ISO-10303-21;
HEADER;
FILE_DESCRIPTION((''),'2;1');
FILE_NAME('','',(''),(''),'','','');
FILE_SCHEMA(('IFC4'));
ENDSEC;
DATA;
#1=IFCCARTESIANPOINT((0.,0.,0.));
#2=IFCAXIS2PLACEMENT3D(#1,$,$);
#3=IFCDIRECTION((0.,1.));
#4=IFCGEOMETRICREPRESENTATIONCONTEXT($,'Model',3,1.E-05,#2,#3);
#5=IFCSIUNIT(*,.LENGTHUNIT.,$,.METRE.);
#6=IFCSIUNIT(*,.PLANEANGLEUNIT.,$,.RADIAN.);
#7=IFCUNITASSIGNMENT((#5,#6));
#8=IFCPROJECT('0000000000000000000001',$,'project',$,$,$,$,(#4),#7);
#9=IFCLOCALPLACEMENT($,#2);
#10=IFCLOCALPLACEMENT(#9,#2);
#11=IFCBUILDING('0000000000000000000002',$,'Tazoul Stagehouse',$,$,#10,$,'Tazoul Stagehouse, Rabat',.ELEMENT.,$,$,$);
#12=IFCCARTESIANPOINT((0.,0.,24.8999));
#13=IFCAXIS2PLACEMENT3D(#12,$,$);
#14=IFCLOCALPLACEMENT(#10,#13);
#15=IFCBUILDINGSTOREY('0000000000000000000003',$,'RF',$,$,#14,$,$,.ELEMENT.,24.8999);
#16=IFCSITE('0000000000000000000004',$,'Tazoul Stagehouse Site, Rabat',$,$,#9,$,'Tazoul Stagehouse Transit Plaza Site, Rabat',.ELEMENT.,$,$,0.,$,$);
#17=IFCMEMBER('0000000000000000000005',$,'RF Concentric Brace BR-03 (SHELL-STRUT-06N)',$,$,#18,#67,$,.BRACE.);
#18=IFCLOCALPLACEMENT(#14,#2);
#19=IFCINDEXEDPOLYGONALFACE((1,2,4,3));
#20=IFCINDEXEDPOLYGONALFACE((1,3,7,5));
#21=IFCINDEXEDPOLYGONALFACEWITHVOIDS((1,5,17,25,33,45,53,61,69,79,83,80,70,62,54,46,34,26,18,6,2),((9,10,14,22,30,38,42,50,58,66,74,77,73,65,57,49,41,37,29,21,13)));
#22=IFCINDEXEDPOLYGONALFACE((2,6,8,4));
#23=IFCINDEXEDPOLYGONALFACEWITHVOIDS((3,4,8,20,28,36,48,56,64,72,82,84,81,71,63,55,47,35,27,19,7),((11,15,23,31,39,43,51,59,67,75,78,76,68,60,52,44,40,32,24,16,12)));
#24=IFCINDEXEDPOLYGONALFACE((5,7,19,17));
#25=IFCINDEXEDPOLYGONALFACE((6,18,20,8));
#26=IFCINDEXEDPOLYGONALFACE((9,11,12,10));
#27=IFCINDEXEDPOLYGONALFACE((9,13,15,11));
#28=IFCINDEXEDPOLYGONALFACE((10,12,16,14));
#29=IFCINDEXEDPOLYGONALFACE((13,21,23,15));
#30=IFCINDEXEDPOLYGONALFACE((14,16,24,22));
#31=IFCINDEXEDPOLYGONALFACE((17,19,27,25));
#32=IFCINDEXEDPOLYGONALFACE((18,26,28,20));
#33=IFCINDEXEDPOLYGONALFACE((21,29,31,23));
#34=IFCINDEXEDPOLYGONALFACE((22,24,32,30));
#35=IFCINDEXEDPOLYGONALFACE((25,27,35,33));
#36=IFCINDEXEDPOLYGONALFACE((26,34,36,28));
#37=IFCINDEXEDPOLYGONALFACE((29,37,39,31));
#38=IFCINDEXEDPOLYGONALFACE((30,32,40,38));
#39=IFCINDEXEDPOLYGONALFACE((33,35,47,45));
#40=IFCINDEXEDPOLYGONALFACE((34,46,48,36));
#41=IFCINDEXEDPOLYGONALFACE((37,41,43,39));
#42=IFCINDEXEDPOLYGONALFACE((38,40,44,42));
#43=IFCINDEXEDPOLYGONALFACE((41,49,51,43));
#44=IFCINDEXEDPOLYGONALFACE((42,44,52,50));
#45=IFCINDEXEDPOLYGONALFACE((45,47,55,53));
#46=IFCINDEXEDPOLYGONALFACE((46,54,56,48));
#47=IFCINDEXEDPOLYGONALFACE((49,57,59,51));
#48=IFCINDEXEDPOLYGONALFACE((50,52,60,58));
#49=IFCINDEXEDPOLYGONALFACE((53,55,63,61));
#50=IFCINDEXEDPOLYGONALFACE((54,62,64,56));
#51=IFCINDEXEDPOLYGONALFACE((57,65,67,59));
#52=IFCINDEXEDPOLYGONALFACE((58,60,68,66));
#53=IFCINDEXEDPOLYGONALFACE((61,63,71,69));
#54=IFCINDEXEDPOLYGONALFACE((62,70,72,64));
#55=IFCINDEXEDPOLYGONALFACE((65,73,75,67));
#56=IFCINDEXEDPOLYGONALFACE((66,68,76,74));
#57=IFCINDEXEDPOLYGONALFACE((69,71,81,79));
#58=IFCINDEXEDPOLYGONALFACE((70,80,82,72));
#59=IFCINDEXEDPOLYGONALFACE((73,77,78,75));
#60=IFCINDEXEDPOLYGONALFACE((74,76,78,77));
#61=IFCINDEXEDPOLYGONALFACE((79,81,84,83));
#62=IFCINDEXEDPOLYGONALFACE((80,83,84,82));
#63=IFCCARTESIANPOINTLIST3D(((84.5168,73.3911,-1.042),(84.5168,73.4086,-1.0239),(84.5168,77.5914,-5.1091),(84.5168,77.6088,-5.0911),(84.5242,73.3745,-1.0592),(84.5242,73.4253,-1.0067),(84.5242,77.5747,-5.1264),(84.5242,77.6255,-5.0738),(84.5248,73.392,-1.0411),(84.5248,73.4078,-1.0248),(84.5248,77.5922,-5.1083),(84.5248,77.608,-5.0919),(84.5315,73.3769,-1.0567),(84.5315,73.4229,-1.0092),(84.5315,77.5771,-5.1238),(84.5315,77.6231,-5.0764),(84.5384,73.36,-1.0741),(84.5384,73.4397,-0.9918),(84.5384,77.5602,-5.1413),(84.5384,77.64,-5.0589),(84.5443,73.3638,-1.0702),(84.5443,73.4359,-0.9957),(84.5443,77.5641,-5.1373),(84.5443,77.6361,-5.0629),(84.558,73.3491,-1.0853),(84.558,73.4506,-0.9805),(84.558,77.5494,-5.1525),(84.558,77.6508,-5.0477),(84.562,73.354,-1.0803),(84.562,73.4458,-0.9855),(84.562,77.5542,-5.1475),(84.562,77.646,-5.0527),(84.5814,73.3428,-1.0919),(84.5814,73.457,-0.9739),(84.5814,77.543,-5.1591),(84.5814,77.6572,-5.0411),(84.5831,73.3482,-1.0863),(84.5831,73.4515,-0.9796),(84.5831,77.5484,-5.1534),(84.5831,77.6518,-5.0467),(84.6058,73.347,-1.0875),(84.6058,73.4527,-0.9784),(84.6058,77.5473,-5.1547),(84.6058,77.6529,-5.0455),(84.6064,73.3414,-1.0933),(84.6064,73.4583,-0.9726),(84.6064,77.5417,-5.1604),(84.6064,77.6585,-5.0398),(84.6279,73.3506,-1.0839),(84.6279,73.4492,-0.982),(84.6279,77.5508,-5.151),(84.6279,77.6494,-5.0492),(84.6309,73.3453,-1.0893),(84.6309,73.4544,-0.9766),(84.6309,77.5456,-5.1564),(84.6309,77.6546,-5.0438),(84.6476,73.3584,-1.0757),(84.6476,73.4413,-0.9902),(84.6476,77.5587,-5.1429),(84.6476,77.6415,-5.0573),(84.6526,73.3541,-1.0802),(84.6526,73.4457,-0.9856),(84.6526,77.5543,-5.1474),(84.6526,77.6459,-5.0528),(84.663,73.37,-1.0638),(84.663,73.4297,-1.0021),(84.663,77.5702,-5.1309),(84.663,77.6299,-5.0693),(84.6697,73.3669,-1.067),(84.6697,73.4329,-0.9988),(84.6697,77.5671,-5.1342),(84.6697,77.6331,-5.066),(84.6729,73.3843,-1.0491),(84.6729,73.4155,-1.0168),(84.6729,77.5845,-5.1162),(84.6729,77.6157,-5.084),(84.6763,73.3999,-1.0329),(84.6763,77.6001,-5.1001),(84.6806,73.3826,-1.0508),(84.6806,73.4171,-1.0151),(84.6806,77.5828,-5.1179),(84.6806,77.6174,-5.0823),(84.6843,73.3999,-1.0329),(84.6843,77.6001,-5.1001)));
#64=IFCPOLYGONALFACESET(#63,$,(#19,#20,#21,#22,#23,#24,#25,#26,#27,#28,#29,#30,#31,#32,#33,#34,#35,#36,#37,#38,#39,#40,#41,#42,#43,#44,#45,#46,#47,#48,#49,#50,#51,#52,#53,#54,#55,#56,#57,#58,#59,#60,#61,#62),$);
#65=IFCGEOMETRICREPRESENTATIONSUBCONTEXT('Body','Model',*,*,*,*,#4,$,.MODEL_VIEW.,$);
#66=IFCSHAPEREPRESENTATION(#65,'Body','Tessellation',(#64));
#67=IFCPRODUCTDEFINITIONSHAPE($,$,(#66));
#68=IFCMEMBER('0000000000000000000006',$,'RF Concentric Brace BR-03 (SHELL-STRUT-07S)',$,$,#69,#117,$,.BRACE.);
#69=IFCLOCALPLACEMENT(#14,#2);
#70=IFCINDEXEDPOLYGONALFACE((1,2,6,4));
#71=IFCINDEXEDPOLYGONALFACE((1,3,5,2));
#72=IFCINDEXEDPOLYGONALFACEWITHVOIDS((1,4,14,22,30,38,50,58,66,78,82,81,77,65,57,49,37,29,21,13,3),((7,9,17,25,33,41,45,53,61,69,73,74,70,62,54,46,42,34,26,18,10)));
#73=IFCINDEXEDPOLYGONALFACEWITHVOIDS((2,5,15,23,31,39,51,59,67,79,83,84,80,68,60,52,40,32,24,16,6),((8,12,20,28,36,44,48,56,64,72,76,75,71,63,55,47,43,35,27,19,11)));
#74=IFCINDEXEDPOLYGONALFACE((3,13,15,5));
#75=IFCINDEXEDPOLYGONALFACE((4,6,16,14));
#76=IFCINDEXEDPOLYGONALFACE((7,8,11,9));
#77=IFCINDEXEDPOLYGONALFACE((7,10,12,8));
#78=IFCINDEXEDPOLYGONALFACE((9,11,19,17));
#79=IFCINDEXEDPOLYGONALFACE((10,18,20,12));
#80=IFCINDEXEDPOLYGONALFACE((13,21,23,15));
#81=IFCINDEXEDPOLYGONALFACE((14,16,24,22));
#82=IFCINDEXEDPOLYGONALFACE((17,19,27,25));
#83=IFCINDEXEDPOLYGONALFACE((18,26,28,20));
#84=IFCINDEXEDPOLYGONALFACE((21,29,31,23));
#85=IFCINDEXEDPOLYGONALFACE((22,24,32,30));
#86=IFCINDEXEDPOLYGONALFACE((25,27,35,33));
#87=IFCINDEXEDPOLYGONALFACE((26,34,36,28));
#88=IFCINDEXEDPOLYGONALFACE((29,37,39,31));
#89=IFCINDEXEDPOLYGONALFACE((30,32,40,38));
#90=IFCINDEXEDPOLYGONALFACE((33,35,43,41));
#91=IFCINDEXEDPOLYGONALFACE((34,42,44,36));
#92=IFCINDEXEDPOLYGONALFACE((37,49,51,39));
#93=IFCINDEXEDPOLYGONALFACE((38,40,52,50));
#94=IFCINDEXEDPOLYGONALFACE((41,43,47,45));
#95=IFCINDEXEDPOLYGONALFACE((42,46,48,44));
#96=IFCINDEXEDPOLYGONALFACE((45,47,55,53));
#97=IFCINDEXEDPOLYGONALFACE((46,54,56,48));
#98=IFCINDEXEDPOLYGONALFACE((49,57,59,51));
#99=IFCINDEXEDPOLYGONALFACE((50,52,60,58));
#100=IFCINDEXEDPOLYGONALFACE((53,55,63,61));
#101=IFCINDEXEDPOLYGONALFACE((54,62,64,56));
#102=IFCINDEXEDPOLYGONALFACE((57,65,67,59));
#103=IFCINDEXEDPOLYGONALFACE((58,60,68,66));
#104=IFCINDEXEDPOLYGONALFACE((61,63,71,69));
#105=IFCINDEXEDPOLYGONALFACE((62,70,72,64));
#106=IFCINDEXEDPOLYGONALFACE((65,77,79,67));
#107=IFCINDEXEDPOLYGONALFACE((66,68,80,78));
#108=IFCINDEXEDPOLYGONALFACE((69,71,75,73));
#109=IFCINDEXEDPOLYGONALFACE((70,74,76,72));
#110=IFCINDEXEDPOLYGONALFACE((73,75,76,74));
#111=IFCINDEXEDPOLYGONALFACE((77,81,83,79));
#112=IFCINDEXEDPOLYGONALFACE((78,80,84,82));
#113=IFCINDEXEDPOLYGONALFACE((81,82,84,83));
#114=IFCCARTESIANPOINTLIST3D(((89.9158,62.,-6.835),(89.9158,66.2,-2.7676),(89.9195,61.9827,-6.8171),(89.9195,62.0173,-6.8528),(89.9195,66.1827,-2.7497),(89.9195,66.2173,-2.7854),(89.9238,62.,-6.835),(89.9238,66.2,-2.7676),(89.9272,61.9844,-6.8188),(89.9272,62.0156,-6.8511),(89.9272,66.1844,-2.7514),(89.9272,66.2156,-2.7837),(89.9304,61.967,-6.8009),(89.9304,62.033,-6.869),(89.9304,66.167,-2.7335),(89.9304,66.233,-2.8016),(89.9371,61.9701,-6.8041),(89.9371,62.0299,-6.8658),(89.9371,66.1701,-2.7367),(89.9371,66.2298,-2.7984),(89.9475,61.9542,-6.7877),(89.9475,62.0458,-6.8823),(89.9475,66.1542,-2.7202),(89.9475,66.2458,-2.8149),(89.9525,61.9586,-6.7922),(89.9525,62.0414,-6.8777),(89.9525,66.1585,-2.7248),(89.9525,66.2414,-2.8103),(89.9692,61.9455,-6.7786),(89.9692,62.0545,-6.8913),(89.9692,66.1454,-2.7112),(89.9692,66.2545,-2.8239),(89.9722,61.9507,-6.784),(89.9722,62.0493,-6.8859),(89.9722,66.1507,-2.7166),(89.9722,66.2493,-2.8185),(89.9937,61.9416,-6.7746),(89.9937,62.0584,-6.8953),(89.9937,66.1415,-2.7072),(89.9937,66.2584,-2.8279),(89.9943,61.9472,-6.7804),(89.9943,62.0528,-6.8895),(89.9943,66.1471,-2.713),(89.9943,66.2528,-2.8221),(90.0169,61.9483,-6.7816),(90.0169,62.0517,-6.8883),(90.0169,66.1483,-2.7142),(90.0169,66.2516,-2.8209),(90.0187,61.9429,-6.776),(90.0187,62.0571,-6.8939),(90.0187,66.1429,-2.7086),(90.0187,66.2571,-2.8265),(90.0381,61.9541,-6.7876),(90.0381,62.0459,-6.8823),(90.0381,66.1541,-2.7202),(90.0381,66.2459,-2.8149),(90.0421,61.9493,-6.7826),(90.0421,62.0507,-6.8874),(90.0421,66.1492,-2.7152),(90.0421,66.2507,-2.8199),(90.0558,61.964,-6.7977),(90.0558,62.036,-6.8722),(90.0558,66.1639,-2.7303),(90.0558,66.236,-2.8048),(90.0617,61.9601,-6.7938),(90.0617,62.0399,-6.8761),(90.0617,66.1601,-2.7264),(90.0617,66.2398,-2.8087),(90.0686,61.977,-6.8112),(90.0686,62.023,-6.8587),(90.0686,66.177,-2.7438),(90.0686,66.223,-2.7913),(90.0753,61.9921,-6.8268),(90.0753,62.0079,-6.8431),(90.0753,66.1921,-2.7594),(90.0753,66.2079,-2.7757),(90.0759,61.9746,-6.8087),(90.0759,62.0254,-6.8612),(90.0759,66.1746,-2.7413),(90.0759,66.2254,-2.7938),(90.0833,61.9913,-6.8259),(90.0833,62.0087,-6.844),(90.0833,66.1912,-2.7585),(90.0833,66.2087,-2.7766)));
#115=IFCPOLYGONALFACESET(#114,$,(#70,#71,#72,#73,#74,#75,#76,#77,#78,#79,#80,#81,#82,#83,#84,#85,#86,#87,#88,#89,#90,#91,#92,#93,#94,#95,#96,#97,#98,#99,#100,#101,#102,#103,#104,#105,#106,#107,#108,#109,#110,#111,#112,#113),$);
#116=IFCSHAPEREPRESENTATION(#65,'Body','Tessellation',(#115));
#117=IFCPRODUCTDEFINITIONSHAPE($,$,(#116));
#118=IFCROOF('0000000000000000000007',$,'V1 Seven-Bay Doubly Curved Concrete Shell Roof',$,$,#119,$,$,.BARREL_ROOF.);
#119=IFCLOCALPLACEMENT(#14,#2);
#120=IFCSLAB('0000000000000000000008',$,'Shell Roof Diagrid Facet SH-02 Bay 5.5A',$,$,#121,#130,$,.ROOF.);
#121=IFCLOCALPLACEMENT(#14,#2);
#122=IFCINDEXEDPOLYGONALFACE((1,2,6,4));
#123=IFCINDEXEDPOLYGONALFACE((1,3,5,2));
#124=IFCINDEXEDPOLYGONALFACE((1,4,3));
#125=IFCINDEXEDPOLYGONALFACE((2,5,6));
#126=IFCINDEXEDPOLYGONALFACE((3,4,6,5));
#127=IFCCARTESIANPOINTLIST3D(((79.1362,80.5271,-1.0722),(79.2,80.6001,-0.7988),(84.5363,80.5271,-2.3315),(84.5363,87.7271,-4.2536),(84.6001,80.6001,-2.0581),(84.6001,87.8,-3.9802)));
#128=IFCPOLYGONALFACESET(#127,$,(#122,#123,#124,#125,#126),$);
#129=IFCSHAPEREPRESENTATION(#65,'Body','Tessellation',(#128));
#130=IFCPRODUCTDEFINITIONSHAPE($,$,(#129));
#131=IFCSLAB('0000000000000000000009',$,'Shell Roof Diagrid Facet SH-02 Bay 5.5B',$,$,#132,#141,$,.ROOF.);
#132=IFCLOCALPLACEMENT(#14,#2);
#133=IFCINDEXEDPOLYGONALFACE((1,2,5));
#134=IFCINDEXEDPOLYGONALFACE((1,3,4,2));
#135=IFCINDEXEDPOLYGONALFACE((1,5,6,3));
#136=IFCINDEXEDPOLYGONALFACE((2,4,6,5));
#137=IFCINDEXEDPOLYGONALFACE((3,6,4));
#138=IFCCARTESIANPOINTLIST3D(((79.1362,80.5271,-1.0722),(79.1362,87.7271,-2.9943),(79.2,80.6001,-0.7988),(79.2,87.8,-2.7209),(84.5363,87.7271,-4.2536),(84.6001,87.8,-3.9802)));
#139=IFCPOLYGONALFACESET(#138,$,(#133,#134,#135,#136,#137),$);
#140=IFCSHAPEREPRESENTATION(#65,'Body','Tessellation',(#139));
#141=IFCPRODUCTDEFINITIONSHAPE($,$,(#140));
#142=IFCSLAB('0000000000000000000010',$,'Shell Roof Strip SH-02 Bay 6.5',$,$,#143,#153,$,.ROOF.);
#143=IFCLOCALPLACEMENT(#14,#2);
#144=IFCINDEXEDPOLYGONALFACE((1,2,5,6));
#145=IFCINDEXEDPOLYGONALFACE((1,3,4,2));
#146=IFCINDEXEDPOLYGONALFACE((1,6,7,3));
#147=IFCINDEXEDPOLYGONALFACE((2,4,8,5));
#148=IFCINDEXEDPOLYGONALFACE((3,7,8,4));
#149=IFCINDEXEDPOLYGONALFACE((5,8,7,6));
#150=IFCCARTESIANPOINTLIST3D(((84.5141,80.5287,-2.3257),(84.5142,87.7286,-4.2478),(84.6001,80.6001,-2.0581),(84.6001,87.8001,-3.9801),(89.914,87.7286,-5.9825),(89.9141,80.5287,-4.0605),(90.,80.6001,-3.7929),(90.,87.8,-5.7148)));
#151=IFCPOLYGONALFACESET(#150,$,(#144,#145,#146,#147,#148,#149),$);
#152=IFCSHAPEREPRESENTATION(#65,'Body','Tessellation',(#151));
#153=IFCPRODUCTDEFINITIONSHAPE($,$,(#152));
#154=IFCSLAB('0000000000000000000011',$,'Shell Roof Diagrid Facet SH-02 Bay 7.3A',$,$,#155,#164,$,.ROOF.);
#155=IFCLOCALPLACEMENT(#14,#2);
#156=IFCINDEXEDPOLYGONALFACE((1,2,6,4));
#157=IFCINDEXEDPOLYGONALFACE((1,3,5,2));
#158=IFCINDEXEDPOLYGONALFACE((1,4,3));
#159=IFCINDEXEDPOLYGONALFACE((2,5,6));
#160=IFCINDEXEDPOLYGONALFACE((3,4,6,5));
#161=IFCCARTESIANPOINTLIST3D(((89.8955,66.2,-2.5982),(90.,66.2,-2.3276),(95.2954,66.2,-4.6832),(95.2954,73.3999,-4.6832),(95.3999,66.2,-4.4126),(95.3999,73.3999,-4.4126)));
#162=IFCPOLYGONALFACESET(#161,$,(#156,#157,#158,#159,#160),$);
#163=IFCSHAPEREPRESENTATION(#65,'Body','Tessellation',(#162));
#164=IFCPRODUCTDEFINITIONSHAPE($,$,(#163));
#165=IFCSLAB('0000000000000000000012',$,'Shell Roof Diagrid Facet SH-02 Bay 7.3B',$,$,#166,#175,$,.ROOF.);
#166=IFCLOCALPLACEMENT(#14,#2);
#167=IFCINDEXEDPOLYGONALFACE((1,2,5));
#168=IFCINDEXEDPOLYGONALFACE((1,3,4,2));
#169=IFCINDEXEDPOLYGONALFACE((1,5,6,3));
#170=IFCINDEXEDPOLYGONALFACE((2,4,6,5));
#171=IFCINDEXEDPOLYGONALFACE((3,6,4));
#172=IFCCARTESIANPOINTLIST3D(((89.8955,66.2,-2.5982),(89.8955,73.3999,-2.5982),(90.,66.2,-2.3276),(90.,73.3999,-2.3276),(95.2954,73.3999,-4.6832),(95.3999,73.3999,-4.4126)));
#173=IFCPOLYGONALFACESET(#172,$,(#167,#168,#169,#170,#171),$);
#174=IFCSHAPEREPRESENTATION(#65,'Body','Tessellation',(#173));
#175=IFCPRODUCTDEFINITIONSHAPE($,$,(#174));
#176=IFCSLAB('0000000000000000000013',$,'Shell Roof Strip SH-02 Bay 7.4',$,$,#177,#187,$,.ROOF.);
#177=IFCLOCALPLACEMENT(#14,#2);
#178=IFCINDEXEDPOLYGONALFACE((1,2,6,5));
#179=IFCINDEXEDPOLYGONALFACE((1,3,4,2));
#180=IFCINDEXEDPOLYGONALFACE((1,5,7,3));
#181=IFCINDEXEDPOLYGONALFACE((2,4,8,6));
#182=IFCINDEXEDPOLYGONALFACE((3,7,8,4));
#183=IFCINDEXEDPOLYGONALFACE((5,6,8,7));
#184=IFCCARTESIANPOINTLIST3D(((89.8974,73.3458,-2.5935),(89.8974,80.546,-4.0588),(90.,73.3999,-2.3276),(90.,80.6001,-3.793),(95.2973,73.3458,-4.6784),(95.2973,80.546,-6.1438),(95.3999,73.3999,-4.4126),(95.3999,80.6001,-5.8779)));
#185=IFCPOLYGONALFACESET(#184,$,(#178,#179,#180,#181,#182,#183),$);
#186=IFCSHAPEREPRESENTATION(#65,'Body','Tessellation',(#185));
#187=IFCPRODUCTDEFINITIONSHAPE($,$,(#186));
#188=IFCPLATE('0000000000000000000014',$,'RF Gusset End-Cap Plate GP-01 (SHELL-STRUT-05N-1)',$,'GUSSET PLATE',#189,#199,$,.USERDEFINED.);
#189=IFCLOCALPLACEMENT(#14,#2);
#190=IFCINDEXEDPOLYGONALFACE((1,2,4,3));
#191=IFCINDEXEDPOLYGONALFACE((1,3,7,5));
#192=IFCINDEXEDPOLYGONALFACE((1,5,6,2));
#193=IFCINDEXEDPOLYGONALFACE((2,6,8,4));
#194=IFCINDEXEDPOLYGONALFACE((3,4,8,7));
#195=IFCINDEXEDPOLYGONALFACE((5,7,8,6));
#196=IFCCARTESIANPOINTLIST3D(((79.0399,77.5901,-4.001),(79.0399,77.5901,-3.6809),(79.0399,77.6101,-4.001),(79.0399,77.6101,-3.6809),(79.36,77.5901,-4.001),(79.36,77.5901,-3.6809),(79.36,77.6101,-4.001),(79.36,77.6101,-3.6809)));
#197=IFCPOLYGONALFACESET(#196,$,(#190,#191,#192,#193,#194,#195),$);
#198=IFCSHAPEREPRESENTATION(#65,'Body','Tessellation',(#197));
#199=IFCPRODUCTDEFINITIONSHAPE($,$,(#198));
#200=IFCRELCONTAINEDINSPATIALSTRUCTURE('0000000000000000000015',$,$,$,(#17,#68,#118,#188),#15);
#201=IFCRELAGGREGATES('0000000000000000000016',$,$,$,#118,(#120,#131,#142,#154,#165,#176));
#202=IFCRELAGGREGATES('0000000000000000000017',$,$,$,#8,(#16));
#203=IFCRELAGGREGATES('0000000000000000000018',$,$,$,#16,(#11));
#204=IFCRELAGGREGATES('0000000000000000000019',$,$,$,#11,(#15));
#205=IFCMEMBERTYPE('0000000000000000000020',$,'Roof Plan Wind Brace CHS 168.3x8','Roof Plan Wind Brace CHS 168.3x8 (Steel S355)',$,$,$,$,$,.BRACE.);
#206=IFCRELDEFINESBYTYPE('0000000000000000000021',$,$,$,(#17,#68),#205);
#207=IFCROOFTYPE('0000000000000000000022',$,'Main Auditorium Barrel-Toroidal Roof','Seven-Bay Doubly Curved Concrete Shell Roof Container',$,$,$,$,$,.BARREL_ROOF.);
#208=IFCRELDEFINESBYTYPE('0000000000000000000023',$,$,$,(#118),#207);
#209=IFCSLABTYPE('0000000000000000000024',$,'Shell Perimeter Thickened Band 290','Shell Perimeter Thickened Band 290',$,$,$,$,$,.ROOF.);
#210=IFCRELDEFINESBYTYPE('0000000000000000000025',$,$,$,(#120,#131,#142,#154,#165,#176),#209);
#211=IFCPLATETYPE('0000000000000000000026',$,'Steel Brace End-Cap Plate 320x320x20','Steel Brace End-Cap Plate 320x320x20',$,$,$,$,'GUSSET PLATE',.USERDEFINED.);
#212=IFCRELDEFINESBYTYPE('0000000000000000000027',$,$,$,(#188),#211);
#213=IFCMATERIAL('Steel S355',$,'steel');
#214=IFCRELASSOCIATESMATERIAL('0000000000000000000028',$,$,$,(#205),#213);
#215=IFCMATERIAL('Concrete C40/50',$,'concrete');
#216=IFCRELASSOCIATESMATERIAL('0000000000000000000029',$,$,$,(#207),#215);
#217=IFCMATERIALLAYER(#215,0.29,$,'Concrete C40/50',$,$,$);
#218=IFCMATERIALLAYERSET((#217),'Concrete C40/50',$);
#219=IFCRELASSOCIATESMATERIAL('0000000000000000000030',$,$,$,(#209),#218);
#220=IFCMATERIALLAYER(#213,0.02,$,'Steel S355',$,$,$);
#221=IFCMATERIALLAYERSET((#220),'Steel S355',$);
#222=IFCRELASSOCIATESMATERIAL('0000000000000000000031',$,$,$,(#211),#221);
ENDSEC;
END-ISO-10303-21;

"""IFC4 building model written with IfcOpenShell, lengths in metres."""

from ifc_helpers import new_model, si_unit, direction, frame, origin, origin_2d, place, context, subcontext, project, spatial, polyline, rectangle, hollow_circle, outline, extrude, material, layer, layer_set, material_profile, profile_set, type_object, element, aggregate, save


model = new_model("IFC4")

# Units and contexts
model_context = context("Model", 3, precision=1e-05, world=origin(), true_north=direction((0.0, 1.0)))
body_context = subcontext(model_context, "Body", "Model", "MODEL_VIEW")
ifc_project = project(units=[si_unit("LENGTHUNIT", "METRE"), si_unit("PLANEANGLEUNIT", "RADIAN")], contexts=[model_context])

# Site, building, storey
site_placement = place(None, origin())
site = spatial("IfcSite", under=ifc_project, at=site_placement, Name="Tazoul Stagehouse Site, Rabat", LongName="Tazoul Stagehouse Transit Plaza Site, Rabat", CompositionType="ELEMENT", RefElevation=0.0)
building_placement = place(site_placement, origin())
building = spatial("IfcBuilding", under=site, at=building_placement, Name="Tazoul Stagehouse", LongName="Tazoul Stagehouse, Rabat", CompositionType="ELEMENT")
storey_placement = place(building_placement, frame((0.0, 0.0, 24.8999)))
storey = spatial("IfcBuildingStorey", under=building, at=storey_placement, Name="RF", CompositionType="ELEMENT", Elevation=24.8999)

# Shared definitions
ifc_material_1 = material(Name="Concrete C40/50", Category="concrete")

# Members
ifc_material_2 = material(Name="Steel S355", Category="steel")
ifc_material_profile_1 = material_profile(ifc_material_2, hollow_circle(Radius=0.0842, WallThickness=0.0081, at=origin_2d()), Name="CHS 168.3x8")
ifc_profile_set_1 = profile_set([ifc_material_profile_1], Name="Steel S355")
member_type = type_object("IfcMemberType", Name="Roof Plan Wind Brace CHS 168.3x8", Description="Roof Plan Wind Brace CHS 168.3x8 (Steel S355)", PredefinedType="BRACE", material=ifc_profile_set_1)
for number, where, z_axis, x_axis, name in (
    (1, (84.6001, 77.6001, -5.1001), (0.0, -0.718394, 0.695636), (1.0, 0.0, 0.0), "RF Concentric Brace BR-03 (SHELL-STRUT-06N)"),
    (2, (90.0, 62.0, -6.835), (0.0, 0.718353, 0.695679), (-1.0, 0.0, 0.0), "RF Concentric Brace BR-03 (SHELL-STRUT-07S)"),
):
    element("IfcMember", number, at=place(storey_placement, frame(where, z_axis=z_axis, x_axis=x_axis)), inside=storey, type_object=member_type, Name=name, PredefinedType="BRACE", context=body_context, shape_type="SweptSolid", body=[
        extrude(hollow_circle(Radius=0.0842, WallThickness=0.0081, at=origin_2d()), origin(), (0.0, 0.0, 1.0), 5.8467),
    ])

# Roof, slabs
roof_type = type_object("IfcRoofType", Name="Main Auditorium Barrel-Toroidal Roof", Description="Seven-Bay Doubly Curved Concrete Shell Roof Container", PredefinedType="BARREL_ROOF", material=ifc_material_1)
roof_placement = place(storey_placement, origin())
roof = element("IfcRoof", 3, at=roof_placement, inside=storey, type_object=roof_type, Name="V1 Seven-Bay Doubly Curved Concrete Shell Roof", PredefinedType="BARREL_ROOF")
ifc_layer_1 = layer(ifc_material_1, 0.29, Name="Concrete C40/50")
ifc_layer_set_1 = layer_set([ifc_layer_1], Name="Concrete C40/50")
slab_type_1 = type_object("IfcSlabType", Name="Shell Perimeter Thickened Band 290", Description="Shell Perimeter Thickened Band 290", PredefinedType="ROOF", material=ifc_layer_set_1)
slab_1_placement = place(storey_placement, frame((79.2, 80.6001, -0.7988), z_axis=(0.219793, 0.251622, 0.942538), x_axis=(0.973871, 0.0, -0.2271)))
slab_1 = element("IfcSlab", 4, at=slab_1_placement, type_object=slab_type_1, Name="Shell Roof Diagrid Facet SH-02 Bay 5.5A", PredefinedType="ROOF", context=body_context, shape_type="SweptSolid", body=[
    extrude(outline(polyline([(0.0, 0.0), (5.545, 0.0), (5.9815, 7.4393), (0.0, 0.0)])), origin(), (0.0, 0.0, -1.0), 0.29),
])
slab_2_placement = place(storey_placement, frame((79.2, 80.6001, -0.7988), z_axis=(0.219793, 0.251622, 0.942538), x_axis=(0.56571, 0.754254, -0.333277)))
slab_2 = element("IfcSlab", 5, at=slab_2_placement, type_object=slab_type_1, Name="Shell Roof Diagrid Facet SH-02 Bay 5.5B", PredefinedType="ROOF", context=body_context, shape_type="SweptSolid", body=[
    extrude(outline(polyline([(0.0, 0.0), (9.5458, 0.0), (6.0712, 4.3214), (0.0, 0.0)])), origin(), (0.0, 0.0, -1.0), 0.29),
])
slab_3_placement = place(storey_placement, frame((84.6001, 80.6001, -2.0581), z_axis=(0.296435, 0.246322, 0.922742), x_axis=(0.952077, 0.000005, -0.30586)))
slab_3 = element("IfcSlab", 6, at=slab_3_placement, type_object=slab_type_1, Name="Shell Roof Strip SH-02 Bay 6.5", PredefinedType="ROOF", context=body_context, shape_type="SweptSolid", body=[
    extrude(outline(polyline([(0.0, 0.0), (5.6717, 0.0), (6.2596, 7.4288), (0.5879, 7.4289), (0.0, 0.0)])), origin(), (0.0, 0.0, -1.0), 0.29),
])
slab_4_placement = place(storey_placement, frame((90.0, 66.2, -2.3276), z_axis=(0.360194, 0.0, 0.932877), x_axis=(0.932877, 0.0, -0.360194)))
slab_4 = element("IfcSlab", 7, at=slab_4_placement, type_object=slab_type_1, Name="Shell Roof Diagrid Facet SH-02 Bay 7.3A", PredefinedType="ROOF", context=body_context, shape_type="SweptSolid", body=[
    extrude(outline(polyline([(0.0, 0.0), (5.7884, 0.0), (5.7884, 7.2), (0.0, 0.0)])), origin(), (0.0, 0.0, -1.0), 0.29),
])
slab_5_placement = place(storey_placement, frame((90.0, 66.2, -2.3276), z_axis=(0.360194, 0.0, 0.932877), x_axis=(0.584516, 0.779363, -0.225688)))
slab_5 = element("IfcSlab", 8, at=slab_5_placement, type_object=slab_type_1, Name="Shell Roof Diagrid Facet SH-02 Bay 7.3B", PredefinedType="ROOF", context=body_context, shape_type="SweptSolid", body=[
    extrude(outline(polyline([(0.0, 0.0), (9.2383, 0.0), (5.6114, 4.5113), (0.0, 0.0)])), origin(), (0.0, 0.0, -1.0), 0.29),
])
slab_6_placement = place(storey_placement, frame((90.0, 73.3999, -2.3276), z_axis=(0.353873, 0.186521, 0.916506), x_axis=(0.932877, 0.0, -0.360194)))
slab_6 = element("IfcSlab", 9, at=slab_6_placement, type_object=slab_type_1, Name="Shell Roof Strip SH-02 Bay 7.4", PredefinedType="ROOF", context=body_context, shape_type="SweptSolid", body=[
    extrude(outline(polyline([(0.0, 0.0), (5.7884, 0.0), (6.3162, 7.3288), (0.5278, 7.3288), (0.0, 0.0)])), origin(), (0.0, 0.0, -1.0), 0.29),
])

# Plate
ifc_layer_2 = layer(ifc_material_2, 0.02, Name="Steel S355")
ifc_layer_set_2 = layer_set([ifc_layer_2], Name="Steel S355")
plate_type_1 = type_object("IfcPlateType", Name="Steel Brace End-Cap Plate 320x320x20", Description="Steel Brace End-Cap Plate 320x320x20", ElementType="GUSSET PLATE", PredefinedType="USERDEFINED", material=ifc_layer_set_2)
for number, where, z_axis, x_axis, name in (
    (10, (79.2, 77.6001, -4.001), (0.0, 0.0, 1.0), (0.0, -1.0, 0.0), "RF Gusset End-Cap Plate GP-01 (SHELL-STRUT-05N-1)"),
):
    element("IfcPlate", number, at=place(storey_placement, frame(where, z_axis=z_axis, x_axis=x_axis)), inside=storey, type_object=plate_type_1, Name=name, ObjectType="GUSSET PLATE", PredefinedType="USERDEFINED", context=body_context, shape_type="SweptSolid", body=[
        extrude(rectangle(XDim=0.02, YDim=0.3201, at=origin_2d()), origin(), (0.0, 0.0, 1.0), 0.3201),
    ])

aggregate(roof, [slab_1, slab_2, slab_3, slab_4, slab_5, slab_6])

save(model, "model.ifc")
